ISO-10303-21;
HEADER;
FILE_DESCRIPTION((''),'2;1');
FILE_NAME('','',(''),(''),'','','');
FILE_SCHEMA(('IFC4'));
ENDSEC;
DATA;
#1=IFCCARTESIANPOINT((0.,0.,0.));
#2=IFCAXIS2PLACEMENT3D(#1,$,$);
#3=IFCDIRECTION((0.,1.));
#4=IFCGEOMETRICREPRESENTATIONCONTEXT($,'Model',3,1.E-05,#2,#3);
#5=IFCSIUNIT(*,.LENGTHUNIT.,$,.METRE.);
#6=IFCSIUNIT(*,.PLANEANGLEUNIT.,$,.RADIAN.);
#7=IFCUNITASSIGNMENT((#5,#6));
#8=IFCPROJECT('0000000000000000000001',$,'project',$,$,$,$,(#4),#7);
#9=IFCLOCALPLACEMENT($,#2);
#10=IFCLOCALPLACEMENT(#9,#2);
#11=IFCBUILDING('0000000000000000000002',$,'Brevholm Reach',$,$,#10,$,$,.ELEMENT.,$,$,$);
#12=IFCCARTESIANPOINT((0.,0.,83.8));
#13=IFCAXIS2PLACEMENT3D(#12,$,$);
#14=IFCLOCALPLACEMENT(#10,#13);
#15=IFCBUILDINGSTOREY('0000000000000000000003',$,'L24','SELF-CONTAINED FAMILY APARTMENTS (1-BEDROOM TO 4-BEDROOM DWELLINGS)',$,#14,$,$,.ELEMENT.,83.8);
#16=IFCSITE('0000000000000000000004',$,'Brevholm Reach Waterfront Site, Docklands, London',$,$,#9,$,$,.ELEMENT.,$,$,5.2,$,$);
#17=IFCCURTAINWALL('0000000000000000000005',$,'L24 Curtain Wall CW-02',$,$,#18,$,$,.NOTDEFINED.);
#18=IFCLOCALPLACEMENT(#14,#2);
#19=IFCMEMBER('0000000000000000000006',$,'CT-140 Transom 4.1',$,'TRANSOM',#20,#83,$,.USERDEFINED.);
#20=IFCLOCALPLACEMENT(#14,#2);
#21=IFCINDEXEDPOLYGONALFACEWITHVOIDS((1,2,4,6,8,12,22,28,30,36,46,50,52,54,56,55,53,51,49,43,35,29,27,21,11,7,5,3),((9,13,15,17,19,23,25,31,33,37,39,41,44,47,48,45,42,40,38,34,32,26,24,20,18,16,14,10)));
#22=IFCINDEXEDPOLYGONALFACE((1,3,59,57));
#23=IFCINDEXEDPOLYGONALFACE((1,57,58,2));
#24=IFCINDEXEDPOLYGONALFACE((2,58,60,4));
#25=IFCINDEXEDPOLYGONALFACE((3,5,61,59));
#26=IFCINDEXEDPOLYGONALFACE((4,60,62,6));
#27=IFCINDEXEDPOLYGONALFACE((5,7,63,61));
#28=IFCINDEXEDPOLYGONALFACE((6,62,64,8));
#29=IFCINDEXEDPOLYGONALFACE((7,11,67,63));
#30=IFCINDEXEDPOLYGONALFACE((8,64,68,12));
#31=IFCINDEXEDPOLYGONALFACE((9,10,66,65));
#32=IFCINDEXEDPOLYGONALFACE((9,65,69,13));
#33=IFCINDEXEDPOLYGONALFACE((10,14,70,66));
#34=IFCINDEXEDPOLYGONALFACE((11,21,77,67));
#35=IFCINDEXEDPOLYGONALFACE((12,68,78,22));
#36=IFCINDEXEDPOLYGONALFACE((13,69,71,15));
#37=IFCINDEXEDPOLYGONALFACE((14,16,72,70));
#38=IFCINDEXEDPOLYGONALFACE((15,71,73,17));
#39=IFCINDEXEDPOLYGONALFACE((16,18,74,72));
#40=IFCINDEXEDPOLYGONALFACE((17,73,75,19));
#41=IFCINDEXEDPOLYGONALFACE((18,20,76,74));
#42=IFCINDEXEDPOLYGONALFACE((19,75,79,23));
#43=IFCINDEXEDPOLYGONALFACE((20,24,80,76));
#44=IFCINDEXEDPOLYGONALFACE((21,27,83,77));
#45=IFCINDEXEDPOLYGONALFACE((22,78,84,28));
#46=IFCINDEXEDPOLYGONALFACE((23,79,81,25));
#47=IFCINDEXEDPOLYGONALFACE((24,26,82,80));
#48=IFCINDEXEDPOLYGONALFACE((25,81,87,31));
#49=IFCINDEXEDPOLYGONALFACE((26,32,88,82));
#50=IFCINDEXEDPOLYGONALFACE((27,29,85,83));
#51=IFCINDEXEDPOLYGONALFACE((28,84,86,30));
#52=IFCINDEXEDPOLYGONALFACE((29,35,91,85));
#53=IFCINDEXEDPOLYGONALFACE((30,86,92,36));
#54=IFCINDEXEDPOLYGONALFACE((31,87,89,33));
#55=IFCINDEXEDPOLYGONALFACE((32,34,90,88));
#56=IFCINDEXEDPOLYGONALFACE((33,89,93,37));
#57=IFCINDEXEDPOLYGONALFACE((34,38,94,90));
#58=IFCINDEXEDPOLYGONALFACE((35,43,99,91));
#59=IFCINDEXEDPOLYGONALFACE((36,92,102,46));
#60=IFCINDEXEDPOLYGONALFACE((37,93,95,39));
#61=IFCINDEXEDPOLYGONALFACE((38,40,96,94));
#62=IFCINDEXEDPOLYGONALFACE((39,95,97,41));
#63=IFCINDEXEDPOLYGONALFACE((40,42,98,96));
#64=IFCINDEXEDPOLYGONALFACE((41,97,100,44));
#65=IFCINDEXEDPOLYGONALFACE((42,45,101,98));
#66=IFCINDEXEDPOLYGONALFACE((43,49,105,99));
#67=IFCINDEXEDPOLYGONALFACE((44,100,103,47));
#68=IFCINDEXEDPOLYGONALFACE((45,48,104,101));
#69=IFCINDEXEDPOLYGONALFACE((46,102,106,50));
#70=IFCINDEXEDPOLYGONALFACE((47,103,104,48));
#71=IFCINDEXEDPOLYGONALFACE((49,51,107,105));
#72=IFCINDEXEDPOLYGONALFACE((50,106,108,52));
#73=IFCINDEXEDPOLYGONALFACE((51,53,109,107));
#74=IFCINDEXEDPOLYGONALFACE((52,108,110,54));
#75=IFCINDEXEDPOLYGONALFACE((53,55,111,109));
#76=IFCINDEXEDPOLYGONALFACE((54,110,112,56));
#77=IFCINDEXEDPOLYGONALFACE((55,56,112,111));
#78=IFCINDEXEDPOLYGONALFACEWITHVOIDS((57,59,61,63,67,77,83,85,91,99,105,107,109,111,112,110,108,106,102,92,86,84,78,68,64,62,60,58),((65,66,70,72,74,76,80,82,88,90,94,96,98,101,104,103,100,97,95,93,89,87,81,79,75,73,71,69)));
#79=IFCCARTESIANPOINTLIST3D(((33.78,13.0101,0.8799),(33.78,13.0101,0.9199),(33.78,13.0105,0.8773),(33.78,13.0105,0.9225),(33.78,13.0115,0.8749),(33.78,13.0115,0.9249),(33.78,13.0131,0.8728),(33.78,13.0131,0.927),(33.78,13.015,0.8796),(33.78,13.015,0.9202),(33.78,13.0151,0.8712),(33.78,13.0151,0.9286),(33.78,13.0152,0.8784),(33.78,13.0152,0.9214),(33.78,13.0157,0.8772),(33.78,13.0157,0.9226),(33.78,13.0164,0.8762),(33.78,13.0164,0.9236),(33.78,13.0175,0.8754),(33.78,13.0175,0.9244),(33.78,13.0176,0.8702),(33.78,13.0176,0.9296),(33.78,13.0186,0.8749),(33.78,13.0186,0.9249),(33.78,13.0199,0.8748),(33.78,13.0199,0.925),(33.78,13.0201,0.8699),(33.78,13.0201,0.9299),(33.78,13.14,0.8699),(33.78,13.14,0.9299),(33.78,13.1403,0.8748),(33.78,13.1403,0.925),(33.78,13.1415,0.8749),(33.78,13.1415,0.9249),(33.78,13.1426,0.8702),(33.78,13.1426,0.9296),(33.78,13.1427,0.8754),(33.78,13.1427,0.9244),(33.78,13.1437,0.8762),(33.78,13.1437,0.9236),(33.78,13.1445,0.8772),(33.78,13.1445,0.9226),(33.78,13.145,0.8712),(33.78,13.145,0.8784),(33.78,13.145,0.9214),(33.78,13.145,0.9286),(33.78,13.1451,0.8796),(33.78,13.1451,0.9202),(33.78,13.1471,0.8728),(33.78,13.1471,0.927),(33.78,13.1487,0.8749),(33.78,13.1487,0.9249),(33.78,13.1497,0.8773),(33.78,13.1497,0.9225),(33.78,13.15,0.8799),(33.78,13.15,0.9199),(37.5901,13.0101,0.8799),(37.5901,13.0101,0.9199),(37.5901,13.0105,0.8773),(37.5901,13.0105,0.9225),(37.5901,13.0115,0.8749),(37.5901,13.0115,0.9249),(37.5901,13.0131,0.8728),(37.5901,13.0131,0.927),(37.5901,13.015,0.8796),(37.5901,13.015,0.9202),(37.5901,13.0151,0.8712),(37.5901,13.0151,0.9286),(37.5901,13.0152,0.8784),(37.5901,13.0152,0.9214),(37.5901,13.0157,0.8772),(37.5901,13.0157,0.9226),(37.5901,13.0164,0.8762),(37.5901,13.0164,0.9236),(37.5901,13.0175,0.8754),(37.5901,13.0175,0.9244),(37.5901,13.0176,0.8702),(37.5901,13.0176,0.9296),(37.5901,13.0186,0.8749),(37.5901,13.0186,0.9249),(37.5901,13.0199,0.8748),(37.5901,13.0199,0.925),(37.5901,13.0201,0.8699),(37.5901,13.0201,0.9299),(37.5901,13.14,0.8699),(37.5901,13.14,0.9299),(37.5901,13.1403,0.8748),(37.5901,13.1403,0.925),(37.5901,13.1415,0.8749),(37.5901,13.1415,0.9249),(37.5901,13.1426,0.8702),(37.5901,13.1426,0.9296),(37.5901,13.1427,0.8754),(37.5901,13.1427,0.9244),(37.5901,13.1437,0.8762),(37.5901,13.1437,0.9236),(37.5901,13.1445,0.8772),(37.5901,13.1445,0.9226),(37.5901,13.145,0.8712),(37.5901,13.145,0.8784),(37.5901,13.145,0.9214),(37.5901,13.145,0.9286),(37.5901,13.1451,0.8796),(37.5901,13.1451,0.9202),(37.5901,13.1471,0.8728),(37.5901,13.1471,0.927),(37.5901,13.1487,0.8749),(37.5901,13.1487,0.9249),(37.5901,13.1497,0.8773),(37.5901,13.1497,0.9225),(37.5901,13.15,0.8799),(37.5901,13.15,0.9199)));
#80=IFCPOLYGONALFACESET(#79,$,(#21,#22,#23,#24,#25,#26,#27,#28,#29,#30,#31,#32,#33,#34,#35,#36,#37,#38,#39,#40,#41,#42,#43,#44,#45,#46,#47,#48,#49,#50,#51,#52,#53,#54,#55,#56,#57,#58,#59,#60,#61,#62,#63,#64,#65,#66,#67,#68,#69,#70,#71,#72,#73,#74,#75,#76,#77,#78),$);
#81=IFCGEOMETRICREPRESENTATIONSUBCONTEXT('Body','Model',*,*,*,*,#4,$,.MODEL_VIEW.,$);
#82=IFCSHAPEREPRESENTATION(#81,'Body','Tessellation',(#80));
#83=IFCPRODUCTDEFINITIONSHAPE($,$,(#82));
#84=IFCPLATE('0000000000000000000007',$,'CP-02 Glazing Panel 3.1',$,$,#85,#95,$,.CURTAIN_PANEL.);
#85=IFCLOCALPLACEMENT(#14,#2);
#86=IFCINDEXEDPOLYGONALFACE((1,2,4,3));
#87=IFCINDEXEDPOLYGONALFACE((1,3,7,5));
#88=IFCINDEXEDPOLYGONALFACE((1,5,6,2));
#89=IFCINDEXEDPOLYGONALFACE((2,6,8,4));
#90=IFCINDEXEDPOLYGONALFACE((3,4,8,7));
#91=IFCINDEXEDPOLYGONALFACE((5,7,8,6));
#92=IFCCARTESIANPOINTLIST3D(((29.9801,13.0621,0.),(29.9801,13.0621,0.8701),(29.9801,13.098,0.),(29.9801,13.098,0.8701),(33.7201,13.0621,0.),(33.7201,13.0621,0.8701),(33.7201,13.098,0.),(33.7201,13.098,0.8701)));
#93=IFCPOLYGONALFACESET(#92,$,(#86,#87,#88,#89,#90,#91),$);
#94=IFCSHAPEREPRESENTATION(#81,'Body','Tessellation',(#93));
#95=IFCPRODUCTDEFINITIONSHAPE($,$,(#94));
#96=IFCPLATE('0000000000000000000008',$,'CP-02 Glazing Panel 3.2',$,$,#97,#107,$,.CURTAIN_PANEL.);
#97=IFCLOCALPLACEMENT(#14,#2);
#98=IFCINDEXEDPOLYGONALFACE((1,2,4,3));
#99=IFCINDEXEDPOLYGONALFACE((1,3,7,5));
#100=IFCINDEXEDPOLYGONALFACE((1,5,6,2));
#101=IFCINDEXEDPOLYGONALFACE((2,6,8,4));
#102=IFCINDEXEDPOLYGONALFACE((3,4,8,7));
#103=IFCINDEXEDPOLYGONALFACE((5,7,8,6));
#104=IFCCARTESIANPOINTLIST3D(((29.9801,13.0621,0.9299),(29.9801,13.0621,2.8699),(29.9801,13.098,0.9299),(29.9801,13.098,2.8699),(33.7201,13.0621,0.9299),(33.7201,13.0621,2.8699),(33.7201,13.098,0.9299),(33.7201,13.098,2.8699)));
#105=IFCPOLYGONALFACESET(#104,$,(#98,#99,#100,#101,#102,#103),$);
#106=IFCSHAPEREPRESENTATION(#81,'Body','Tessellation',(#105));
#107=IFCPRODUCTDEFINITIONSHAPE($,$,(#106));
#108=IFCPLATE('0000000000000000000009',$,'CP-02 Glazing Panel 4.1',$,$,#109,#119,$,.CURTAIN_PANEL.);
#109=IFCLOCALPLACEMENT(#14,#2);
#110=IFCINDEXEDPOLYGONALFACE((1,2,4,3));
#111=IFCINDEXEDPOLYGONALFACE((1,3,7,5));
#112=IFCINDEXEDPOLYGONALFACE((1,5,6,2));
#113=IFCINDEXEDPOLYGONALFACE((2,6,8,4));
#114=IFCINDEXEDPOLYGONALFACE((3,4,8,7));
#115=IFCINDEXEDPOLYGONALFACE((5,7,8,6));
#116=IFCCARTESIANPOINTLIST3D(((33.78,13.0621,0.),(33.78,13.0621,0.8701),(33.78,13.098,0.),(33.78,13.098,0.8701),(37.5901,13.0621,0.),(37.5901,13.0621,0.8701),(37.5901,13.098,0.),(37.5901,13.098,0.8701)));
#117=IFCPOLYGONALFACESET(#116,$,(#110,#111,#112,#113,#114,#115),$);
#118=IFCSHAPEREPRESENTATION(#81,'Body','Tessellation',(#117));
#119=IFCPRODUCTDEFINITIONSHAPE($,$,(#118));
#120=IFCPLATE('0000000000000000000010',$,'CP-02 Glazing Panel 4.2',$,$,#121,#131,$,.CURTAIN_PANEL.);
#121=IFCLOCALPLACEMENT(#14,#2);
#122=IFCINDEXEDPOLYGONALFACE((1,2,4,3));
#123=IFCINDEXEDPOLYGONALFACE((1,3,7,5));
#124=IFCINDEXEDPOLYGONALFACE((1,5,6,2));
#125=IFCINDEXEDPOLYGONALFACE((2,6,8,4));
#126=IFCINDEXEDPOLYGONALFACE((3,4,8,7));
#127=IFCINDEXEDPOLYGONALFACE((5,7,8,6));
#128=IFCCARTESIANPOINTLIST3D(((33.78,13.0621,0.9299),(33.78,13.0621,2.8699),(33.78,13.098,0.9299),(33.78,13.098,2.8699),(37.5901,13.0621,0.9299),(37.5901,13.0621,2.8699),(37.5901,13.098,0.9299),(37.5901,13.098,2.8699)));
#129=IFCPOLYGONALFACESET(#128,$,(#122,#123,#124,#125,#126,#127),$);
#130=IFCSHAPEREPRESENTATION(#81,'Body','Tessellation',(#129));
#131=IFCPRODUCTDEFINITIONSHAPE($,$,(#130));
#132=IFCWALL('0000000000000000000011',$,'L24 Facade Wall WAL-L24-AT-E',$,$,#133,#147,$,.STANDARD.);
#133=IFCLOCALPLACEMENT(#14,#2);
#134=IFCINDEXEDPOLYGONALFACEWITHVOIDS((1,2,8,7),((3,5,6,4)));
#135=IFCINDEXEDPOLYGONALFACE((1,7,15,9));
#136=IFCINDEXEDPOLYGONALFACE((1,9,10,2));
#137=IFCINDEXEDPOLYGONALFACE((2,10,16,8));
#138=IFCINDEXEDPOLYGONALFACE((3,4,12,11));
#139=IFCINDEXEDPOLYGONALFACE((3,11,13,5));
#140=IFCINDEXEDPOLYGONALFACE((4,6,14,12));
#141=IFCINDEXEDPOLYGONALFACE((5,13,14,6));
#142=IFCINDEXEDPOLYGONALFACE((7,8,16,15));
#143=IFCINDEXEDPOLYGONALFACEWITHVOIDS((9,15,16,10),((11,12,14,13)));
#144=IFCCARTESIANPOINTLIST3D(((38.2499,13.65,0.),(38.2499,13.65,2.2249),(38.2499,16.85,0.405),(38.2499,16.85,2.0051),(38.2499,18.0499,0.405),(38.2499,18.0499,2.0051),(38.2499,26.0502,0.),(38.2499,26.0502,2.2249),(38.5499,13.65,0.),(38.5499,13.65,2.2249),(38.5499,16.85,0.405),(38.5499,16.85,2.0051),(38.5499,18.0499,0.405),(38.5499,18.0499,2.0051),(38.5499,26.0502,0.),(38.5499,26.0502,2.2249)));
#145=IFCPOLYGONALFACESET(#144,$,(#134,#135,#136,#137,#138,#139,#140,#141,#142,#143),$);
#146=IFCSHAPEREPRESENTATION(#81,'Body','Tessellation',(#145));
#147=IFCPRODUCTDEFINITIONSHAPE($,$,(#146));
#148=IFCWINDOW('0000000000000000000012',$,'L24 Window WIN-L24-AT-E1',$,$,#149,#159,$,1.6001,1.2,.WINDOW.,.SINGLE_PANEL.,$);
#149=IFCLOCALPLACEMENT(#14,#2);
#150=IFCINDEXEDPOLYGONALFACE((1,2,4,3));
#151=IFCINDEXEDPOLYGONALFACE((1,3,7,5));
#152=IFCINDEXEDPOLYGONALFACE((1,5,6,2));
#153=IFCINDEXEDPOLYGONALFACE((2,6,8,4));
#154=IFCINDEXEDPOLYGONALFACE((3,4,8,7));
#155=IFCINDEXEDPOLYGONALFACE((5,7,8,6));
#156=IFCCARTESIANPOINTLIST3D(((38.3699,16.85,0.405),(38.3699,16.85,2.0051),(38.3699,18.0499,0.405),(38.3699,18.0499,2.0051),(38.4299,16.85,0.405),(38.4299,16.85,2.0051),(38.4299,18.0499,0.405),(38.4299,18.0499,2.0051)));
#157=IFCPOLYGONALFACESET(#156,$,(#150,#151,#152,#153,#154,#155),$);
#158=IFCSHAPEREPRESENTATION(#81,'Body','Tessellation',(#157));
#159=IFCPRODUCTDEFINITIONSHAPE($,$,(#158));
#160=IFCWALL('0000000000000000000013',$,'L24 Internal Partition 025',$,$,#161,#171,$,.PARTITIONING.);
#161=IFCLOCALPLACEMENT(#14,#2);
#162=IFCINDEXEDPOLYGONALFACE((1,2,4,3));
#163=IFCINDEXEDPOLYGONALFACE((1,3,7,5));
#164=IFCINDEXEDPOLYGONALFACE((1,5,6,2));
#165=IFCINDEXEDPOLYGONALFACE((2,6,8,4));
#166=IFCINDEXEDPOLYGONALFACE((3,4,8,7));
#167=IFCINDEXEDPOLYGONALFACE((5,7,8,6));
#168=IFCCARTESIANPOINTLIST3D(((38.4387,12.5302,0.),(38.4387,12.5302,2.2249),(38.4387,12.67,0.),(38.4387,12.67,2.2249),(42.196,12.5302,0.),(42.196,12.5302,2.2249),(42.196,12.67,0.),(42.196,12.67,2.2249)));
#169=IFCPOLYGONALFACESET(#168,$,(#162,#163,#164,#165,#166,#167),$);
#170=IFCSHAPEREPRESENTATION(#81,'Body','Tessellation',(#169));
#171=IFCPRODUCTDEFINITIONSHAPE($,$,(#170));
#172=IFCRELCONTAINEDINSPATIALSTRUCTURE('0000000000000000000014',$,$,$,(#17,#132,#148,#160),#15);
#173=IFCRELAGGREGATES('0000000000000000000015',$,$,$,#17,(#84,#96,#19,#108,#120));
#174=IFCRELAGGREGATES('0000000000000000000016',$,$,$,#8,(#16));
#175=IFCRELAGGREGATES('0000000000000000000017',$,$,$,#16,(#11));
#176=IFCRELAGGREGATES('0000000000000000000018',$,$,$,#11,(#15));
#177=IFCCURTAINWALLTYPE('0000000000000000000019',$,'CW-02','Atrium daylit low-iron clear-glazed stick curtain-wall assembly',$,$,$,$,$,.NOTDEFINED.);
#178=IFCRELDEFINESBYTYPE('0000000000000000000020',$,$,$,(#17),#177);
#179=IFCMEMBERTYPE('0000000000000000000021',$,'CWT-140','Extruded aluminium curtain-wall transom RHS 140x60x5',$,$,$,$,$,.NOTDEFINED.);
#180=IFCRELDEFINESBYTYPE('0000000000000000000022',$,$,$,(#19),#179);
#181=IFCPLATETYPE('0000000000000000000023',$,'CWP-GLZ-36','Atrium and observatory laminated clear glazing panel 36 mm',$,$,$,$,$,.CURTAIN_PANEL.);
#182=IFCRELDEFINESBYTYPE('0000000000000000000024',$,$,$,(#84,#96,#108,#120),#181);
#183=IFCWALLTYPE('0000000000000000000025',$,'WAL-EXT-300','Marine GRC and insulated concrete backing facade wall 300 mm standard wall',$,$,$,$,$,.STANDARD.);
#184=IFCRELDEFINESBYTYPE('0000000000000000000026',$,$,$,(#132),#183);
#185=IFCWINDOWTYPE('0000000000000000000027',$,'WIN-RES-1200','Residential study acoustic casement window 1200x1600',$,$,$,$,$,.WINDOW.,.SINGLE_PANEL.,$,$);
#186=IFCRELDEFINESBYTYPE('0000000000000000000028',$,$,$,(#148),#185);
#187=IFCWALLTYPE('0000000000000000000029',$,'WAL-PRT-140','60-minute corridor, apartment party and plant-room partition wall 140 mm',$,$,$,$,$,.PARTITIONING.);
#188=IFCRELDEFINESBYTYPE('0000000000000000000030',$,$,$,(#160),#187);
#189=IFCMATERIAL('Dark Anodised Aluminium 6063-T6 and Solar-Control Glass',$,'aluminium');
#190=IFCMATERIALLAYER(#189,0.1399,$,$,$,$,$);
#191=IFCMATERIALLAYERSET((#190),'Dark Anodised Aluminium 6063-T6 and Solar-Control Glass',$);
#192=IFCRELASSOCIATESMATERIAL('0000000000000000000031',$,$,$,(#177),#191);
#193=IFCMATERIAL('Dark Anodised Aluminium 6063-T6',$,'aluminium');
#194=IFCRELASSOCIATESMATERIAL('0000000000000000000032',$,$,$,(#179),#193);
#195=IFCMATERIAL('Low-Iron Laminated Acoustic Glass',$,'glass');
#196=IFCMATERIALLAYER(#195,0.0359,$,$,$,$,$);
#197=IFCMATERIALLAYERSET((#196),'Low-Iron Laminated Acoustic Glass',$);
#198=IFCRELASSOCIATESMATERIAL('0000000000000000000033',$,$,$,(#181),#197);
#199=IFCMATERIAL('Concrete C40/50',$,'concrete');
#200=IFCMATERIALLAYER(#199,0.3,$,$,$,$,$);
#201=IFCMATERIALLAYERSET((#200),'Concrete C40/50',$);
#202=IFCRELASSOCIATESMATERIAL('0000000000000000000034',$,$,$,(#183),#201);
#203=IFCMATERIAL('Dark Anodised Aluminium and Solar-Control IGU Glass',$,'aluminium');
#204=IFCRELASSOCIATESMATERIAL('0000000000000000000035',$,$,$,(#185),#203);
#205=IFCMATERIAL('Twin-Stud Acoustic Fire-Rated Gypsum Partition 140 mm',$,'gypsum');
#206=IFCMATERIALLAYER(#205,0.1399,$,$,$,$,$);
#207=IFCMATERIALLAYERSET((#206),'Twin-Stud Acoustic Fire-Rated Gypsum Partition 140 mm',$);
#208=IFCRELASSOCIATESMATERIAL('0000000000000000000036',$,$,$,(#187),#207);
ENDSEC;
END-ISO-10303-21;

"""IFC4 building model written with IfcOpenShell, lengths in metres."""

from ifc_helpers import new_model, si_unit, direction, frame, frame_2d, origin, origin_2d, place, context, subcontext, project, spatial, rectangle, hollow_rectangle, extrude, material, layer, layer_set, material_profile, profile_set, type_object, element, fill, aggregate, save


model = new_model("IFC4")

# Units and contexts
model_context = context("Model", 3, precision=1e-05, world=origin(), true_north=direction((0.0, 1.0)))
body_context = subcontext(model_context, "Body", "Model", "MODEL_VIEW")
ifc_project = project(units=[si_unit("LENGTHUNIT", "METRE"), si_unit("PLANEANGLEUNIT", "RADIAN")], contexts=[model_context])

# Site, building, storey
site_placement = place(None, origin())
site = spatial("IfcSite", under=ifc_project, at=site_placement, Name="Brevholm Reach Waterfront Site, Docklands, London", CompositionType="ELEMENT", RefElevation=5.2)
building_placement = place(site_placement, origin())
building = spatial("IfcBuilding", under=site, at=building_placement, Name="Brevholm Reach", CompositionType="ELEMENT")
storey_placement = place(building_placement, frame((0.0, 0.0, 83.8)))
storey = spatial("IfcBuildingStorey", under=building, at=storey_placement, Name="L24", Description="SELF-CONTAINED FAMILY APARTMENTS (1-BEDROOM TO 4-BEDROOM DWELLINGS)", CompositionType="ELEMENT", Elevation=83.8)

# Curtain wall, member, plates
ifc_material_1 = material(Name="Dark Anodised Aluminium 6063-T6 and Solar-Control Glass", Category="aluminium")
ifc_layer_1 = layer(ifc_material_1, 0.1399)
ifc_layer_set_1 = layer_set([ifc_layer_1], Name="Dark Anodised Aluminium 6063-T6 and Solar-Control Glass")
curtain_wall_type = type_object("IfcCurtainWallType", Name="CW-02", Description="Atrium daylit low-iron clear-glazed stick curtain-wall assembly", PredefinedType="NOTDEFINED", material=ifc_layer_set_1)
curtain_wall_placement = place(storey_placement, origin())
curtain_wall = element("IfcCurtainWall", 1, at=curtain_wall_placement, inside=storey, type_object=curtain_wall_type, Name="L24 Curtain Wall CW-02", PredefinedType="NOTDEFINED")
ifc_material_2 = material(Name="Dark Anodised Aluminium 6063-T6", Category="aluminium")
ifc_material_profile_1 = material_profile(ifc_material_2, hollow_rectangle(XDim=0.0601, YDim=0.1399, WallThickness=0.0049, InnerFilletRadius=0.0049, OuterFilletRadius=0.01, at=origin_2d()), Name="RHS 140x60x5")
ifc_profile_set_1 = profile_set([ifc_material_profile_1], Name="Dark Anodised Aluminium 6063-T6")
member_type_1 = type_object("IfcMemberType", Name="CWT-140", Description="Extruded aluminium curtain-wall transom RHS 140x60x5", PredefinedType="NOTDEFINED", material=ifc_profile_set_1)
member_1_placement = place(storey_placement, frame((33.78, 13.0801, 0.8999), z_axis=(1.0, 0.0, 0.0), x_axis=(0.0, 0.0, 1.0)))
member_1 = element("IfcMember", 2, at=member_1_placement, type_object=member_type_1, Name="CT-140 Transom 4.1", ObjectType="TRANSOM", PredefinedType="USERDEFINED", context=body_context, shape_type="SweptSolid", body=[
    extrude(hollow_rectangle(XDim=0.0601, YDim=0.1399, WallThickness=0.0049, InnerFilletRadius=0.0049, OuterFilletRadius=0.01, at=origin_2d()), origin(), (0.0, 0.0, 1.0), 3.8101),
])
ifc_material_3 = material(Name="Low-Iron Laminated Acoustic Glass", Category="glass")
ifc_layer_2 = layer(ifc_material_3, 0.0359)
ifc_layer_set_2 = layer_set([ifc_layer_2], Name="Low-Iron Laminated Acoustic Glass")
plate_type = type_object("IfcPlateType", Name="CWP-GLZ-36", Description="Atrium and observatory laminated clear glazing panel 36 mm", PredefinedType="CURTAIN_PANEL", material=ifc_layer_set_2)
plate_1_placement = place(storey_placement, frame((31.8501, 13.0801, 0.0), z_axis=(0.0, 0.0, 1.0), x_axis=(1.0, 0.0, 0.0)))
plate_1 = element("IfcPlate", 3, at=plate_1_placement, type_object=plate_type, Name="CP-02 Glazing Panel 3.1", PredefinedType="CURTAIN_PANEL", context=body_context, shape_type="SweptSolid", body=[
    extrude(rectangle(XDim=3.74, YDim=0.0359, at=origin_2d()), origin(), (0.0, 0.0, 1.0), 0.8701),
])
plate_2_placement = place(storey_placement, frame((31.8501, 13.0801, 0.9299), z_axis=(0.0, 0.0, 1.0), x_axis=(1.0, 0.0, 0.0)))
plate_2 = element("IfcPlate", 4, at=plate_2_placement, type_object=plate_type, Name="CP-02 Glazing Panel 3.2", PredefinedType="CURTAIN_PANEL", context=body_context, shape_type="SweptSolid", body=[
    extrude(rectangle(XDim=3.74, YDim=0.0359, at=origin_2d()), origin(), (0.0, 0.0, 1.0), 1.9399),
])
plate_3_placement = place(storey_placement, frame((35.6851, 13.0801, 0.0), z_axis=(0.0, 0.0, 1.0), x_axis=(1.0, 0.0, 0.0)))
plate_3 = element("IfcPlate", 5, at=plate_3_placement, type_object=plate_type, Name="CP-02 Glazing Panel 4.1", PredefinedType="CURTAIN_PANEL", context=body_context, shape_type="SweptSolid", body=[
    extrude(rectangle(XDim=3.8101, YDim=0.0359, at=origin_2d()), origin(), (0.0, 0.0, 1.0), 0.8701),
])
plate_4_placement = place(storey_placement, frame((35.6851, 13.0801, 0.9299), z_axis=(0.0, 0.0, 1.0), x_axis=(1.0, 0.0, 0.0)))
plate_4 = element("IfcPlate", 6, at=plate_4_placement, type_object=plate_type, Name="CP-02 Glazing Panel 4.2", PredefinedType="CURTAIN_PANEL", context=body_context, shape_type="SweptSolid", body=[
    extrude(rectangle(XDim=3.8101, YDim=0.0359, at=origin_2d()), origin(), (0.0, 0.0, 1.0), 1.9399),
])
aggregate(curtain_wall, [plate_1, plate_2, member_1, plate_3, plate_4])

# Wall, opening, window
ifc_material_4 = material(Name="Concrete C40/50", Category="concrete")
ifc_layer_3 = layer(ifc_material_4, 0.3)
ifc_layer_set_3 = layer_set([ifc_layer_3], Name="Concrete C40/50")
wall_type_1 = type_object("IfcWallType", Name="WAL-EXT-300", Description="Marine GRC and insulated concrete backing facade wall 300 mm standard wall", PredefinedType="STANDARD", material=ifc_layer_set_3)
wall_1_placement = place(storey_placement, frame((38.3999, 13.6499, 0.0), z_axis=(0.0, 0.0, 1.0), x_axis=(0.0, 1.0, 0.0)))
wall_1 = element("IfcWall", 7, at=wall_1_placement, inside=storey, type_object=wall_type_1, Name="L24 Facade Wall WAL-L24-AT-E", PredefinedType="STANDARD", context=body_context, shape_type="SweptSolid", body=[
    extrude(rectangle(XDim=12.4001, YDim=0.3, at=frame_2d((6.2002, 0.0))), origin(), (0.0, 0.0, 1.0), 2.2249),
])
opening_placement = place(wall_1_placement, frame((3.2, 0.0, 0.405)))
opening = element("IfcOpeningElement", 8, at=opening_placement, cuts=wall_1, PredefinedType="OPENING", context=body_context, shape_type="SweptSolid", body=[
    extrude(rectangle(XDim=1.2, YDim=1.6001, at=frame_2d((0.6001, 0.8))), frame((0.0, 0.1599, 0.0), z_axis=(0.0, -1.0, 0.0), x_axis=(1.0, 0.0, 0.0)), (0.0, 0.0, 1.0), 0.3201),
])
ifc_material_5 = material(Name="Dark Anodised Aluminium and Solar-Control IGU Glass", Category="aluminium")
window_type = type_object("IfcWindowType", Name="WIN-RES-1200", Description="Residential study acoustic casement window 1200x1600", PartitioningType="SINGLE_PANEL", PredefinedType="WINDOW", material=ifc_material_5)
window_placement = place(opening_placement, origin())
window = element("IfcWindow", 9, at=window_placement, inside=storey, type_object=window_type, Name="L24 Window WIN-L24-AT-E1", OverallHeight=1.6001, OverallWidth=1.2, PartitioningType="SINGLE_PANEL", PredefinedType="WINDOW", context=body_context, shape_type="SweptSolid", body=[
    extrude(rectangle(XDim=1.2, YDim=1.6001, at=frame_2d((0.6001, 0.8))), frame((0.0, 0.03, 0.0), z_axis=(0.0, -1.0, 0.0), x_axis=(1.0, 0.0, 0.0)), (0.0, 0.0, 1.0), 0.0601),
])
fill(opening, window)

# Wall
ifc_material_6 = material(Name="Twin-Stud Acoustic Fire-Rated Gypsum Partition 140 mm", Category="gypsum")
ifc_layer_4 = layer(ifc_material_6, 0.1399)
ifc_layer_set_4 = layer_set([ifc_layer_4], Name="Twin-Stud Acoustic Fire-Rated Gypsum Partition 140 mm")
wall_type_2 = type_object("IfcWallType", Name="WAL-PRT-140", Description="60-minute corridor, apartment party and plant-room partition wall 140 mm", PredefinedType="PARTITIONING", material=ifc_layer_set_4)
wall_2_placement = place(storey_placement, frame((38.4387, 12.6001, 0.0), z_axis=(0.0, 0.0, 1.0), x_axis=(1.0, 0.0, 0.0)))
element("IfcWall", 10, at=wall_2_placement, inside=storey, type_object=wall_type_2, Name="L24 Internal Partition 025", PredefinedType="PARTITIONING", context=body_context, shape_type="SweptSolid", body=[
    extrude(rectangle(XDim=3.7573, YDim=0.1399, at=frame_2d((1.8787, 0.0))), origin(), (0.0, 0.0, 1.0), 2.2249),
])

save(model, "model.ifc")
